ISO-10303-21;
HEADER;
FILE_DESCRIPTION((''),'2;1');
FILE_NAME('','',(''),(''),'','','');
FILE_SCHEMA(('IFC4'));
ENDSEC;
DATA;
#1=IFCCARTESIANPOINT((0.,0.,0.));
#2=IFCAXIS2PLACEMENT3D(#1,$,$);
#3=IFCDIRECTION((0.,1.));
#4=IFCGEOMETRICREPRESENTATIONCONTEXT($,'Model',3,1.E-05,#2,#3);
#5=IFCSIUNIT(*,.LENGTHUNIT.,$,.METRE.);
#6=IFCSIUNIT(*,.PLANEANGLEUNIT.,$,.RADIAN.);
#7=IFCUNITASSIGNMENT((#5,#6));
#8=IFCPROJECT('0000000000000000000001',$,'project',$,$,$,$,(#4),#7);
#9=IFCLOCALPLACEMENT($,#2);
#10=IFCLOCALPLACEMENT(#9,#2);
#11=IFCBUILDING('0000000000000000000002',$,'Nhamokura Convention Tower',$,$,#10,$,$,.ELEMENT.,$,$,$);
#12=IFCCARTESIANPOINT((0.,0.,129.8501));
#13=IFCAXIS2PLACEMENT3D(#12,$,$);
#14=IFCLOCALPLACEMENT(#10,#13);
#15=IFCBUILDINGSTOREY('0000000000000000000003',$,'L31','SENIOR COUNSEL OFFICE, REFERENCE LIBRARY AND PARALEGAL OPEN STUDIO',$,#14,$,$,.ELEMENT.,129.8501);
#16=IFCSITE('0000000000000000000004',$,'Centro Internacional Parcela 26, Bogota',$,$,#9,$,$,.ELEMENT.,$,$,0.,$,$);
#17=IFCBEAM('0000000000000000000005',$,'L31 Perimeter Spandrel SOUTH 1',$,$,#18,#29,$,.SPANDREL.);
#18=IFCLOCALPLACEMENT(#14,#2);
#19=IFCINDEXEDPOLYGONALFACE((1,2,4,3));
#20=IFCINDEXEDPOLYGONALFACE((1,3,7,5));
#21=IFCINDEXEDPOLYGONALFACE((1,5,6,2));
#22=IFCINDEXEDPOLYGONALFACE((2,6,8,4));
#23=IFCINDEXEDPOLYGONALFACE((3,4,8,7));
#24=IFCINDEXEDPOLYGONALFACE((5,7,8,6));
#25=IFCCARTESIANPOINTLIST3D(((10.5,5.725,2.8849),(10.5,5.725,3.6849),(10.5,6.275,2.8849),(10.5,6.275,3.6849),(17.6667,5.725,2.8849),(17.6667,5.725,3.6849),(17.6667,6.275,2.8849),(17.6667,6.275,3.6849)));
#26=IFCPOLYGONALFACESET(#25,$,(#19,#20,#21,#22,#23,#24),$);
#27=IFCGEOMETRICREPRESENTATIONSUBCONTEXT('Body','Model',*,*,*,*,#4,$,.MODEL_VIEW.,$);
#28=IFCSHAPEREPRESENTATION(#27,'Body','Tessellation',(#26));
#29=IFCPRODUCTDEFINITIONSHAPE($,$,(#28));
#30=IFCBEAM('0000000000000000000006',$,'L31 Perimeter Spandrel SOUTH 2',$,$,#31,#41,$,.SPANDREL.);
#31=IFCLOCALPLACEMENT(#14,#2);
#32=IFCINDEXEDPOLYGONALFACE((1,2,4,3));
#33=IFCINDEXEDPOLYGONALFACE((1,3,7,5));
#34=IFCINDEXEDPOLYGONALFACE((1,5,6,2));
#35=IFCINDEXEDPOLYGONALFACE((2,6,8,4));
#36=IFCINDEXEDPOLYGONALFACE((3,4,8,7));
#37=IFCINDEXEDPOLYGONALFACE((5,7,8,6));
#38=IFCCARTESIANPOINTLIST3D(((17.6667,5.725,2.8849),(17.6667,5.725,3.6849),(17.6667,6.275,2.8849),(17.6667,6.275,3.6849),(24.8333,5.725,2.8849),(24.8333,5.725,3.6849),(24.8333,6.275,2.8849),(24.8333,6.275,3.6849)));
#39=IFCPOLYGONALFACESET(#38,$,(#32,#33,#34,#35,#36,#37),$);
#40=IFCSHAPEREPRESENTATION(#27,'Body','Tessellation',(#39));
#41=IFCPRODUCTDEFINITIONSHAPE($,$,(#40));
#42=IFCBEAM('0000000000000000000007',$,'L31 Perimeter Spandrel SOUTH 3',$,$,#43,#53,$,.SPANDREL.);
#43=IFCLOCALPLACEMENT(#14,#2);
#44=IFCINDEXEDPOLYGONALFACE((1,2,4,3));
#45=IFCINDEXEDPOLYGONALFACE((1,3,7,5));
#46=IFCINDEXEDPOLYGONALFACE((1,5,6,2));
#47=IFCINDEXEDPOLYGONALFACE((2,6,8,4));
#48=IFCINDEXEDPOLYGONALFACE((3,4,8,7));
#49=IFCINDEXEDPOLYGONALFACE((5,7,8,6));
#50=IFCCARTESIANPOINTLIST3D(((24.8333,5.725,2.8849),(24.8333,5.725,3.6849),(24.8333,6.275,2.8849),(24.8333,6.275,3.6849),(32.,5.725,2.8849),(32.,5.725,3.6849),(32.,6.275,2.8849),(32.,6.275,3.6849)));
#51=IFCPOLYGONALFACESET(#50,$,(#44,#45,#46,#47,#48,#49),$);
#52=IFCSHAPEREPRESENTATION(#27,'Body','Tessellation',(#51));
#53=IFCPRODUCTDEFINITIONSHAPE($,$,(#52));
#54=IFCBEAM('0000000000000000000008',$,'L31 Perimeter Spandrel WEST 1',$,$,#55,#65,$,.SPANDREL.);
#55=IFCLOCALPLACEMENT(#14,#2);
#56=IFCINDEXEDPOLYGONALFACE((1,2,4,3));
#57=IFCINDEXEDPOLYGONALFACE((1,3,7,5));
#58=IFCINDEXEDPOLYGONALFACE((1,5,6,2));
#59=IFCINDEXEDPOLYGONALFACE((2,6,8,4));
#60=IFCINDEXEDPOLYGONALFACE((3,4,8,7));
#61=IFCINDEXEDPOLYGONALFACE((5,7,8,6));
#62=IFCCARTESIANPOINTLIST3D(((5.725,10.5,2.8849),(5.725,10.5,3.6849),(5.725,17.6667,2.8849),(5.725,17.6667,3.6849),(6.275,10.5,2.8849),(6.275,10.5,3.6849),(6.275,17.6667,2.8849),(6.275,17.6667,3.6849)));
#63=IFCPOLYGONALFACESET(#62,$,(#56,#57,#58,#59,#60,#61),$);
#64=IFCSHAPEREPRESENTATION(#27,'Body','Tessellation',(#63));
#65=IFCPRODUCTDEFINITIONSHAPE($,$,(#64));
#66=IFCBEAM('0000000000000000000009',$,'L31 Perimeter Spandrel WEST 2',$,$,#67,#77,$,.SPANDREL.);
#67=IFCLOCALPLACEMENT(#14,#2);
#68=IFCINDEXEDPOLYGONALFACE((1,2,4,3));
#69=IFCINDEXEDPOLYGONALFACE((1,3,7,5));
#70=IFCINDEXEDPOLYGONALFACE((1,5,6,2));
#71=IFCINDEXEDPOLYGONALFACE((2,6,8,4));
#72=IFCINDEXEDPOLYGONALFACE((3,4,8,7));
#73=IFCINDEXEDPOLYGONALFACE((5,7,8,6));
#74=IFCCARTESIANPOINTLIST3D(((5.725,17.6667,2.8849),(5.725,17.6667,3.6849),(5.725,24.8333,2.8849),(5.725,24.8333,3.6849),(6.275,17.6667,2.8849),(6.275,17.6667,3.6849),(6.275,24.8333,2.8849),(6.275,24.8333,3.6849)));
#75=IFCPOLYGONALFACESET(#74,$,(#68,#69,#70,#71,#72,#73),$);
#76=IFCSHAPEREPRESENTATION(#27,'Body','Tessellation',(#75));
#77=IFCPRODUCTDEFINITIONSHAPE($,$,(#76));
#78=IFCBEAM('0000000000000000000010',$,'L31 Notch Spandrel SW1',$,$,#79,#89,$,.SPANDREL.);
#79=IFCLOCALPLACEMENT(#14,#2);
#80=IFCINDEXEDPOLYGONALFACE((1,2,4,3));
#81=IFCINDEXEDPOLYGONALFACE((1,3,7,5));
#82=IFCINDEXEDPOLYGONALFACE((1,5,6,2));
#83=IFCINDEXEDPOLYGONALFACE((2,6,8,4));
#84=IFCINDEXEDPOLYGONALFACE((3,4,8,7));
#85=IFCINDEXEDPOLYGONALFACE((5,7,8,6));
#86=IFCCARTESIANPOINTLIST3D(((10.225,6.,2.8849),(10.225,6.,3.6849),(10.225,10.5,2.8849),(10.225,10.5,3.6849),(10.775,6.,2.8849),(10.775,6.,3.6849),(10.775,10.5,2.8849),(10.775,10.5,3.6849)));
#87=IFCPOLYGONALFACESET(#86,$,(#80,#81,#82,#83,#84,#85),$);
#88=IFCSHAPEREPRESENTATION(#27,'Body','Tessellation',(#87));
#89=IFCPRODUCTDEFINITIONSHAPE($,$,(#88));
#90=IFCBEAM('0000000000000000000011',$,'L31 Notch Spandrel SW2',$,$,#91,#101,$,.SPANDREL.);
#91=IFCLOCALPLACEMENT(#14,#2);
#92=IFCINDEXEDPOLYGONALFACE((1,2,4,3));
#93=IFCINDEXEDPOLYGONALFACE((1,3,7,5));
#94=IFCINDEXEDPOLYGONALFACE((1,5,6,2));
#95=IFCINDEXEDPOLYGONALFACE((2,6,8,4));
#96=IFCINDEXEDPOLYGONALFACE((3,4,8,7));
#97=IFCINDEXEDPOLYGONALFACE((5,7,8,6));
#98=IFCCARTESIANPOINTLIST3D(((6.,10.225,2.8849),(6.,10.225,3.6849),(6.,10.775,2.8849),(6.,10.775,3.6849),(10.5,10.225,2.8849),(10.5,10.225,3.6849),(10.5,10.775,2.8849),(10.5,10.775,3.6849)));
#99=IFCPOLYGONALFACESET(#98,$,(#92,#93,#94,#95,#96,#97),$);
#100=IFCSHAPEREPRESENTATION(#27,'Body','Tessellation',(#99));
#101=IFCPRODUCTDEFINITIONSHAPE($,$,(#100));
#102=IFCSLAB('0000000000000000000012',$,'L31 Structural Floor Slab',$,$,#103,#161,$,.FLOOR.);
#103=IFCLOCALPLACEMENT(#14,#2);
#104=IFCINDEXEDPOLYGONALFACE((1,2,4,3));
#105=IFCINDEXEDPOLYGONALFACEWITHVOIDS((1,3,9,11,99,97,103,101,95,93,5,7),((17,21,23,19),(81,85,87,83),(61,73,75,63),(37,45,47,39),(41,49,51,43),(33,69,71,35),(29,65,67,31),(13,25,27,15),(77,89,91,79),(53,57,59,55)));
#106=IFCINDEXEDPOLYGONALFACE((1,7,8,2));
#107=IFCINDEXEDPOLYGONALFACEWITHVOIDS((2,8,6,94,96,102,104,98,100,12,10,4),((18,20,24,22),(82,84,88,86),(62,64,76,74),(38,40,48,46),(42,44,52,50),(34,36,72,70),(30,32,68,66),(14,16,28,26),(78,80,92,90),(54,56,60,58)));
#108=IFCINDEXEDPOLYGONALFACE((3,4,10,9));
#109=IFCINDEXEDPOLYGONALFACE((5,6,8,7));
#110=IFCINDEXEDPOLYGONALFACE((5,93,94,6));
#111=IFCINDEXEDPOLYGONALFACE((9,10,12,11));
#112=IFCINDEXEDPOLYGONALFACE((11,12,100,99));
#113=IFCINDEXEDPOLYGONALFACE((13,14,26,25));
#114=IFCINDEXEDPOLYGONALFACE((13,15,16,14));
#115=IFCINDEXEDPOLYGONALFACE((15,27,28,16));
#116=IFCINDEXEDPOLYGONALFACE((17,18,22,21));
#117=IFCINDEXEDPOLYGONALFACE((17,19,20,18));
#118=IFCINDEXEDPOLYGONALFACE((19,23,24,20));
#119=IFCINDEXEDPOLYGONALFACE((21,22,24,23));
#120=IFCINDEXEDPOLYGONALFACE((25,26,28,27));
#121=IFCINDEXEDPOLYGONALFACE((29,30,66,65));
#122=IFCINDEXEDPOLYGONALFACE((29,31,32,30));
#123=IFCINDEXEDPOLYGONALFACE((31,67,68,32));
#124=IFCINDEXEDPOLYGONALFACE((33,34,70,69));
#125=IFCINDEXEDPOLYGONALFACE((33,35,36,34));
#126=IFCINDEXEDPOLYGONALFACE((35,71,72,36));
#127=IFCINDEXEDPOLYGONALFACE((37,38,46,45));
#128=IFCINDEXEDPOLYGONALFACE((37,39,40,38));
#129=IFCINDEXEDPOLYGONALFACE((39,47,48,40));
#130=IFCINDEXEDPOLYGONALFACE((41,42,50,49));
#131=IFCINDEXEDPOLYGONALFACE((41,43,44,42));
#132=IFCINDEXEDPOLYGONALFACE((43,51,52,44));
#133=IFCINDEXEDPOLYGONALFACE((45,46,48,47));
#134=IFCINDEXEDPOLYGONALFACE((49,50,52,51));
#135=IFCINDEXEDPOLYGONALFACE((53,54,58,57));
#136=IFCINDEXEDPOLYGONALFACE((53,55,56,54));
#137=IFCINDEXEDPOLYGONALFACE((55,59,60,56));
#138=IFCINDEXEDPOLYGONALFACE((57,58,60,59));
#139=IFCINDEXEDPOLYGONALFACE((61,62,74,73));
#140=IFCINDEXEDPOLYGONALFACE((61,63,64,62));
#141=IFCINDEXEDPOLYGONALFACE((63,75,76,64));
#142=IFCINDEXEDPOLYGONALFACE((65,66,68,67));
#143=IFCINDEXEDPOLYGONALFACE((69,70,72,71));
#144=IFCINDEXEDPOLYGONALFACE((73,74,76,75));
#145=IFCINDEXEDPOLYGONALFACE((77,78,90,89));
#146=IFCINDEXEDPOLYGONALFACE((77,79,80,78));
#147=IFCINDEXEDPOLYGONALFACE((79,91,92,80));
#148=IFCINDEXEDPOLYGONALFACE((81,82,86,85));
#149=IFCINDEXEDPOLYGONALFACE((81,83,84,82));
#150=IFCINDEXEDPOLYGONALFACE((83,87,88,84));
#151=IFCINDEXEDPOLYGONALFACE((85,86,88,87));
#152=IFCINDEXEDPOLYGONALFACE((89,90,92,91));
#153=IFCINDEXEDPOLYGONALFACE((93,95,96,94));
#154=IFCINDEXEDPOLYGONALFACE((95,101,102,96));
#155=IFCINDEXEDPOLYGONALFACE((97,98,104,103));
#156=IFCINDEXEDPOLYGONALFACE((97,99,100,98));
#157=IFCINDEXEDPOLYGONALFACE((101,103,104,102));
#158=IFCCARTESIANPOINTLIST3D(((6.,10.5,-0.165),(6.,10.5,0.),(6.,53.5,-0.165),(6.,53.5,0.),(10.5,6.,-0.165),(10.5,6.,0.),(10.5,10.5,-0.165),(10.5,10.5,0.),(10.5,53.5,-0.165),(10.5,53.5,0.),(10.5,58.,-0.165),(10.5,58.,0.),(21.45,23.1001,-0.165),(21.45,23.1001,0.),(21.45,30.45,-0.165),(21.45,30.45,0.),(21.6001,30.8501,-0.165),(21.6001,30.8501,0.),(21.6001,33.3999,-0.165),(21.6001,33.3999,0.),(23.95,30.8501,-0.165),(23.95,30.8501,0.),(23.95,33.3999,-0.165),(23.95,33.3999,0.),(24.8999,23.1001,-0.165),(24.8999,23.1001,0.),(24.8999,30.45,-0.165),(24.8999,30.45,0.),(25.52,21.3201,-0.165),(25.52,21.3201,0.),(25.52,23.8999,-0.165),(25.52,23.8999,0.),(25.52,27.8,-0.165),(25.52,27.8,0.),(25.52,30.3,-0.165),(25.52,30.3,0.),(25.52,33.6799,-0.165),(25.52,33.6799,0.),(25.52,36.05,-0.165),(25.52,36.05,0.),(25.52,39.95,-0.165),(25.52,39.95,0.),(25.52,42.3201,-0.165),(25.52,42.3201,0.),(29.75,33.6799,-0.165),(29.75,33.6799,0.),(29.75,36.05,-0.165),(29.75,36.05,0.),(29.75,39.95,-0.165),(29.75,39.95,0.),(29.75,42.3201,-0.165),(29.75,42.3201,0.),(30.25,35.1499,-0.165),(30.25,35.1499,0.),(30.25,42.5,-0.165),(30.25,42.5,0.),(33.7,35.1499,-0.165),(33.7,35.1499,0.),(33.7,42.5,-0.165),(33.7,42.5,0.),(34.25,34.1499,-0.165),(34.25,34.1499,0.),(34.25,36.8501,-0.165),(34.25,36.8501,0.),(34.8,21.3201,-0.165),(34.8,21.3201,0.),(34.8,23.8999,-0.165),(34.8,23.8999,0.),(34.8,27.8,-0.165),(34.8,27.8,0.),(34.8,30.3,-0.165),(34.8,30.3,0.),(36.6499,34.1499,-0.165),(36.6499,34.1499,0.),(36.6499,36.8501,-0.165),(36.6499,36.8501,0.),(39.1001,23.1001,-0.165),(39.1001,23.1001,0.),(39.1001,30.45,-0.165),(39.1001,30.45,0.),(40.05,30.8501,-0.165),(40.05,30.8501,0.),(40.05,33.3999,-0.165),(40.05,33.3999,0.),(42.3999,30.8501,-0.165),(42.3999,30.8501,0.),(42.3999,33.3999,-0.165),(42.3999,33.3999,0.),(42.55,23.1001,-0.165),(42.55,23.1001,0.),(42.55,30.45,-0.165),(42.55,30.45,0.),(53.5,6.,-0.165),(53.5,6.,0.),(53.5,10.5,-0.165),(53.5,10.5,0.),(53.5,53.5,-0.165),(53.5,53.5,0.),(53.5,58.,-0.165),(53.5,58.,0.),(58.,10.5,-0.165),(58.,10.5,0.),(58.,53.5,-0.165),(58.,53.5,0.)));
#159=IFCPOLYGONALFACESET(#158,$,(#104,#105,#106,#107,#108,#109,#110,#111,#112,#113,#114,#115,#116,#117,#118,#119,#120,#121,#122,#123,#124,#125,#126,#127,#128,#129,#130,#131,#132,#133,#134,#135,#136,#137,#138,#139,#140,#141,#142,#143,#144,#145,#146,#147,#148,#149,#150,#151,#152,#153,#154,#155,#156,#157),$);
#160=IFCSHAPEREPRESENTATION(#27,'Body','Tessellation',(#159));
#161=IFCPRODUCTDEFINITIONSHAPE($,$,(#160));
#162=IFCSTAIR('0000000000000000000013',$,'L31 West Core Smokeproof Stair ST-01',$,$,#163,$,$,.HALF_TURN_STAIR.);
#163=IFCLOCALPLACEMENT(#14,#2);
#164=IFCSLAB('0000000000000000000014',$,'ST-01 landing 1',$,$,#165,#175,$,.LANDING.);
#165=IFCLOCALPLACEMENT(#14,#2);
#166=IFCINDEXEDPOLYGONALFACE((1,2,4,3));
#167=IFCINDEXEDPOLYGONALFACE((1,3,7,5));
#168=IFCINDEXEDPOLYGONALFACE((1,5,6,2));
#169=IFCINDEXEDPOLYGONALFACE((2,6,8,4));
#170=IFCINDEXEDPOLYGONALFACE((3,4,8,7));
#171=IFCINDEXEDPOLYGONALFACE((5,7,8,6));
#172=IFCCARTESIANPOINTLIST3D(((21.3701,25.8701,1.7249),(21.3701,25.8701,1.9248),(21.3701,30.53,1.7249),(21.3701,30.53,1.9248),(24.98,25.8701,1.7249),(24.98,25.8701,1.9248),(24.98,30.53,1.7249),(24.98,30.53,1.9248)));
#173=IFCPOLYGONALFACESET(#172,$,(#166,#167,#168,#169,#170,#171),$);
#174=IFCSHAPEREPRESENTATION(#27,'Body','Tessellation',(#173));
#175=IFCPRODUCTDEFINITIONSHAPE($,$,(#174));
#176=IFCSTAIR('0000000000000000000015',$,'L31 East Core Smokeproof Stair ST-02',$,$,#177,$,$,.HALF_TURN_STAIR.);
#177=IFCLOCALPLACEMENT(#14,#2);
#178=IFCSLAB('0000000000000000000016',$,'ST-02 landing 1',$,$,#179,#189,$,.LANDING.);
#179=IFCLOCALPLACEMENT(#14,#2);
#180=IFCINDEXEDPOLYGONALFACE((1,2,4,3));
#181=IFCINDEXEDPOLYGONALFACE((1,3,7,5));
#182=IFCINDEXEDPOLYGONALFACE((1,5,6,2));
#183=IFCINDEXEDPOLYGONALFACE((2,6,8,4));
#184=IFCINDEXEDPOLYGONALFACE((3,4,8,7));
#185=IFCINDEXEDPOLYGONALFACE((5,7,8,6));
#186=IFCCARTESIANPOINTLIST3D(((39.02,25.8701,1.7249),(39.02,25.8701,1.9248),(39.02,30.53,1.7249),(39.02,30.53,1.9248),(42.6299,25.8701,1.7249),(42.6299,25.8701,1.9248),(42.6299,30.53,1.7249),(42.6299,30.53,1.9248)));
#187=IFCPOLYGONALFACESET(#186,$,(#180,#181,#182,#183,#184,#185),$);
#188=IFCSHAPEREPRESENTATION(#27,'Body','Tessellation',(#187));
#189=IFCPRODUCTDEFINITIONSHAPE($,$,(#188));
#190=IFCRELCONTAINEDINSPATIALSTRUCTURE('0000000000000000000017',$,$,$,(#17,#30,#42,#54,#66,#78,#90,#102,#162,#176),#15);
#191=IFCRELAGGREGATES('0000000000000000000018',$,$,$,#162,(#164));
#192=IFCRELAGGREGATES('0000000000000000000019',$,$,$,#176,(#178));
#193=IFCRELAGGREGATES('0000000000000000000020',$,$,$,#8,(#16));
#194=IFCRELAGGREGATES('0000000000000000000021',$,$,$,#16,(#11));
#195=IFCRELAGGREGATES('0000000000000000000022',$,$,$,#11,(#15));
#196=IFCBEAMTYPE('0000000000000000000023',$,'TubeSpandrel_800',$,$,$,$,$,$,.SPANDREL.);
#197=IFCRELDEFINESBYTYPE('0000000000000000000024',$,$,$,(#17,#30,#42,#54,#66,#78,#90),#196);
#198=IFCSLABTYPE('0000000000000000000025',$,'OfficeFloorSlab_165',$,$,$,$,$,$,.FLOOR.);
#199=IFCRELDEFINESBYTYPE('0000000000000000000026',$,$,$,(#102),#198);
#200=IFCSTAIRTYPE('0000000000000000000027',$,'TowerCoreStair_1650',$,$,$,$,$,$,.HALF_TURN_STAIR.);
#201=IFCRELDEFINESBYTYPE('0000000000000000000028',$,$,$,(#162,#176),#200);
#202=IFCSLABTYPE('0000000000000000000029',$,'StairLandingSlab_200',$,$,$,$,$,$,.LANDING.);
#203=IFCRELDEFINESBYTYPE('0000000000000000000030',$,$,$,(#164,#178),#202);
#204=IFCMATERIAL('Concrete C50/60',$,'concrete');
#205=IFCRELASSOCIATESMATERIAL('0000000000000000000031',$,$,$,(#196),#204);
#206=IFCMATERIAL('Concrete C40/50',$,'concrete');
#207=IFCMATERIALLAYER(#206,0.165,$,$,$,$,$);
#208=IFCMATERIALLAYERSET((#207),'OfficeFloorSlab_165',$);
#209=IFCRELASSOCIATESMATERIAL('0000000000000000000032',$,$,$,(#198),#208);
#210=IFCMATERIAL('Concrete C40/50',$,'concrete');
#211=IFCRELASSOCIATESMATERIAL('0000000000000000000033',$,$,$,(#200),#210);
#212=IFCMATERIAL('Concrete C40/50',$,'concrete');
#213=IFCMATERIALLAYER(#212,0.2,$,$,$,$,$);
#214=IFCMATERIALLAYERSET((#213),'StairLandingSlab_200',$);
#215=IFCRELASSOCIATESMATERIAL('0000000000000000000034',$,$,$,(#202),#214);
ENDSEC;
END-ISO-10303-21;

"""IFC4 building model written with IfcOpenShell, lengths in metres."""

from ifc_helpers import new_model, si_unit, direction, frame, origin, origin_2d, place, context, subcontext, project, spatial, polyline, rectangle, outline, extrude, material, layer, layer_set, material_profile, profile_set, type_object, element, aggregate, save


model = new_model("IFC4")

# Units and contexts
model_context = context("Model", 3, precision=1e-05, world=origin(), true_north=direction((0.0, 1.0)))
body_context = subcontext(model_context, "Body", "Model", "MODEL_VIEW")
ifc_project = project(units=[si_unit("LENGTHUNIT", "METRE"), si_unit("PLANEANGLEUNIT", "RADIAN")], contexts=[model_context])

# Site, building, storey
site_placement = place(None, origin())
site = spatial("IfcSite", under=ifc_project, at=site_placement, Name="Centro Internacional Parcela 26, Bogota", CompositionType="ELEMENT", RefElevation=0.0)
building_placement = place(site_placement, origin())
building = spatial("IfcBuilding", under=site, at=building_placement, Name="Nhamokura Convention Tower", CompositionType="ELEMENT")
storey_placement = place(building_placement, frame((0.0, 0.0, 129.8501)))
storey = spatial("IfcBuildingStorey", under=building, at=storey_placement, Name="L31", Description="SENIOR COUNSEL OFFICE, REFERENCE LIBRARY AND PARALEGAL OPEN STUDIO", CompositionType="ELEMENT", Elevation=129.8501)

# Beams
ifc_material_1 = material(Name="Concrete C50/60", Category="concrete")
ifc_material_profile_1 = material_profile(ifc_material_1, rectangle(XDim=0.55, YDim=0.8, at=origin_2d()))
ifc_profile_set_1 = profile_set([ifc_material_profile_1], Name="Concrete C50/60")
beam_type_1 = type_object("IfcBeamType", Name="TubeSpandrel_800", PredefinedType="SPANDREL", material=ifc_profile_set_1)
beam_1_placement = place(storey_placement, frame((10.5, 6.0, 3.2849), z_axis=(1.0, 0.0, 0.0), x_axis=(0.0, 1.0, 0.0)))
element("IfcBeam", 1, at=beam_1_placement, inside=storey, type_object=beam_type_1, Name="L31 Perimeter Spandrel SOUTH 1", PredefinedType="SPANDREL", context=body_context, shape_type="SweptSolid", body=[
    extrude(rectangle(XDim=0.55, YDim=0.8, at=origin_2d()), origin(), (0.0, 0.0, 1.0), 7.1667),
])
beam_2_placement = place(storey_placement, frame((17.6667, 6.0, 3.2849), z_axis=(1.0, 0.0, 0.0), x_axis=(0.0, 1.0, 0.0)))
element("IfcBeam", 2, at=beam_2_placement, inside=storey, type_object=beam_type_1, Name="L31 Perimeter Spandrel SOUTH 2", PredefinedType="SPANDREL", context=body_context, shape_type="SweptSolid", body=[
    extrude(rectangle(XDim=0.55, YDim=0.8, at=origin_2d()), origin(), (0.0, 0.0, 1.0), 7.1665),
])
for number, where, z_axis, x_axis, name in (
    (3, (24.8333, 6.0, 3.2849), (1.0, 0.0, 0.0), (0.0, 1.0, 0.0), "L31 Perimeter Spandrel SOUTH 3"),
    (4, (6.0, 10.5, 3.2849), (0.0, 1.0, 0.0), (-1.0, 0.0, 0.0), "L31 Perimeter Spandrel WEST 1"),
):
    element("IfcBeam", number, at=place(storey_placement, frame(where, z_axis=z_axis, x_axis=x_axis)), inside=storey, type_object=beam_type_1, Name=name, PredefinedType="SPANDREL", context=body_context, shape_type="SweptSolid", body=[
        extrude(rectangle(XDim=0.55, YDim=0.8, at=origin_2d()), origin(), (0.0, 0.0, 1.0), 7.1667),
    ])
beam_3_placement = place(storey_placement, frame((6.0, 17.6667, 3.2849), z_axis=(0.0, 1.0, 0.0), x_axis=(-1.0, 0.0, 0.0)))
element("IfcBeam", 5, at=beam_3_placement, inside=storey, type_object=beam_type_1, Name="L31 Perimeter Spandrel WEST 2", PredefinedType="SPANDREL", context=body_context, shape_type="SweptSolid", body=[
    extrude(rectangle(XDim=0.55, YDim=0.8, at=origin_2d()), origin(), (0.0, 0.0, 1.0), 7.1665),
])
for number, where, z_axis, x_axis, name in (
    (6, (10.5, 6.0, 3.2849), (0.0, 1.0, 0.0), (-1.0, 0.0, 0.0), "L31 Notch Spandrel SW1"),
    (7, (10.5, 10.5, 3.2849), (-1.0, 0.0, 0.0), (0.0, -1.0, 0.0), "L31 Notch Spandrel SW2"),
):
    element("IfcBeam", number, at=place(storey_placement, frame(where, z_axis=z_axis, x_axis=x_axis)), inside=storey, type_object=beam_type_1, Name=name, PredefinedType="SPANDREL", context=body_context, shape_type="SweptSolid", body=[
        extrude(rectangle(XDim=0.55, YDim=0.8, at=origin_2d()), origin(), (0.0, 0.0, 1.0), 4.5),
    ])

# Slab
ifc_material_2 = material(Name="Concrete C40/50", Category="concrete")
ifc_layer_1 = layer(ifc_material_2, 0.165)
ifc_layer_set_1 = layer_set([ifc_layer_1], Name="OfficeFloorSlab_165")
slab_type_1 = type_object("IfcSlabType", Name="OfficeFloorSlab_165", PredefinedType="FLOOR", material=ifc_layer_set_1)
slab_1_placement = place(storey_placement, frame((0.0, 0.0, -0.165)))
element("IfcSlab", 8, at=slab_1_placement, inside=storey, type_object=slab_type_1, Name="L31 Structural Floor Slab", PredefinedType="FLOOR", context=body_context, shape_type="SweptSolid", body=[
    extrude(outline(polyline([(10.5, 6.0), (53.5, 6.0), (53.5, 10.5), (58.0, 10.5), (58.0, 53.5), (53.5, 53.5), (53.5, 58.0), (10.5, 58.0), (10.5, 53.5), (6.0, 53.5), (6.0, 10.5), (10.5, 10.5), (10.5, 6.0)]), holes=[polyline([(24.8999, 23.1001), (24.8999, 30.45), (21.45, 30.45), (21.45, 23.1001), (24.8999, 23.1001)]), polyline([(42.55, 23.1001), (42.55, 30.45), (39.1001, 30.45), (39.1001, 23.1001), (42.55, 23.1001)]), polyline([(33.7, 35.1499), (33.7, 42.5), (30.25, 42.5), (30.25, 35.1499), (33.7, 35.1499)]), polyline([(21.6001, 30.8501), (23.95, 30.8501), (23.95, 33.3999), (21.6001, 33.3999), (21.6001, 30.8501)]), polyline([(40.05, 30.8501), (42.3999, 30.8501), (42.3999, 33.3999), (40.05, 33.3999), (40.05, 30.8501)]), polyline([(34.25, 34.1499), (36.6499, 34.1499), (36.6499, 36.8501), (34.25, 36.8501), (34.25, 34.1499)]), polyline([(25.52, 21.3201), (34.8, 21.3201), (34.8, 23.8999), (25.52, 23.8999), (25.52, 21.3201)]), polyline([(25.52, 27.8), (34.8, 27.8), (34.8, 30.3), (25.52, 30.3), (25.52, 27.8)]), polyline([(25.52, 33.6799), (29.75, 33.6799), (29.75, 36.05), (25.52, 36.05), (25.52, 33.6799)]), polyline([(25.52, 39.95), (29.75, 39.95), (29.75, 42.3201), (25.52, 42.3201), (25.52, 39.95)])]), origin(), (0.0, 0.0, 1.0), 0.165),
])

# Stairs, slabs
ifc_material_3 = material(Name="Concrete C40/50", Category="concrete")
stair_type = type_object("IfcStairType", Name="TowerCoreStair_1650", PredefinedType="HALF_TURN_STAIR", material=ifc_material_3)
stair_1_placement = place(storey_placement, origin())
stair_1 = element("IfcStair", 9, at=stair_1_placement, inside=storey, type_object=stair_type, Name="L31 West Core Smokeproof Stair ST-01", PredefinedType="HALF_TURN_STAIR")
ifc_material_4 = material(Name="Concrete C40/50", Category="concrete")
ifc_layer_2 = layer(ifc_material_4, 0.2)
ifc_layer_set_2 = layer_set([ifc_layer_2], Name="StairLandingSlab_200")
slab_type_2 = type_object("IfcSlabType", Name="StairLandingSlab_200", PredefinedType="LANDING", material=ifc_layer_set_2)
slab_2_placement = place(storey_placement, frame((0.0, 0.0, 1.7249)))
slab_2 = element("IfcSlab", 10, at=slab_2_placement, type_object=slab_type_2, Name="ST-01 landing 1", PredefinedType="LANDING", context=body_context, shape_type="SweptSolid", body=[
    extrude(outline(polyline([(24.98, 25.8701), (24.98, 30.53), (21.3701, 30.53), (21.3701, 25.8701), (24.98, 25.8701)])), origin(), (0.0, 0.0, 1.0), 0.2),
])
aggregate(stair_1, [slab_2])
stair_2_placement = place(storey_placement, origin())
stair_2 = element("IfcStair", 11, at=stair_2_placement, inside=storey, type_object=stair_type, Name="L31 East Core Smokeproof Stair ST-02", PredefinedType="HALF_TURN_STAIR")
slab_3_placement = place(storey_placement, frame((0.0, 0.0, 1.7249)))
slab_3 = element("IfcSlab", 12, at=slab_3_placement, type_object=slab_type_2, Name="ST-02 landing 1", PredefinedType="LANDING", context=body_context, shape_type="SweptSolid", body=[
    extrude(outline(polyline([(42.6299, 25.8701), (42.6299, 30.53), (39.02, 30.53), (39.02, 25.8701), (42.6299, 25.8701)])), origin(), (0.0, 0.0, 1.0), 0.2),
])
aggregate(stair_2, [slab_3])

save(model, "model.ifc")
